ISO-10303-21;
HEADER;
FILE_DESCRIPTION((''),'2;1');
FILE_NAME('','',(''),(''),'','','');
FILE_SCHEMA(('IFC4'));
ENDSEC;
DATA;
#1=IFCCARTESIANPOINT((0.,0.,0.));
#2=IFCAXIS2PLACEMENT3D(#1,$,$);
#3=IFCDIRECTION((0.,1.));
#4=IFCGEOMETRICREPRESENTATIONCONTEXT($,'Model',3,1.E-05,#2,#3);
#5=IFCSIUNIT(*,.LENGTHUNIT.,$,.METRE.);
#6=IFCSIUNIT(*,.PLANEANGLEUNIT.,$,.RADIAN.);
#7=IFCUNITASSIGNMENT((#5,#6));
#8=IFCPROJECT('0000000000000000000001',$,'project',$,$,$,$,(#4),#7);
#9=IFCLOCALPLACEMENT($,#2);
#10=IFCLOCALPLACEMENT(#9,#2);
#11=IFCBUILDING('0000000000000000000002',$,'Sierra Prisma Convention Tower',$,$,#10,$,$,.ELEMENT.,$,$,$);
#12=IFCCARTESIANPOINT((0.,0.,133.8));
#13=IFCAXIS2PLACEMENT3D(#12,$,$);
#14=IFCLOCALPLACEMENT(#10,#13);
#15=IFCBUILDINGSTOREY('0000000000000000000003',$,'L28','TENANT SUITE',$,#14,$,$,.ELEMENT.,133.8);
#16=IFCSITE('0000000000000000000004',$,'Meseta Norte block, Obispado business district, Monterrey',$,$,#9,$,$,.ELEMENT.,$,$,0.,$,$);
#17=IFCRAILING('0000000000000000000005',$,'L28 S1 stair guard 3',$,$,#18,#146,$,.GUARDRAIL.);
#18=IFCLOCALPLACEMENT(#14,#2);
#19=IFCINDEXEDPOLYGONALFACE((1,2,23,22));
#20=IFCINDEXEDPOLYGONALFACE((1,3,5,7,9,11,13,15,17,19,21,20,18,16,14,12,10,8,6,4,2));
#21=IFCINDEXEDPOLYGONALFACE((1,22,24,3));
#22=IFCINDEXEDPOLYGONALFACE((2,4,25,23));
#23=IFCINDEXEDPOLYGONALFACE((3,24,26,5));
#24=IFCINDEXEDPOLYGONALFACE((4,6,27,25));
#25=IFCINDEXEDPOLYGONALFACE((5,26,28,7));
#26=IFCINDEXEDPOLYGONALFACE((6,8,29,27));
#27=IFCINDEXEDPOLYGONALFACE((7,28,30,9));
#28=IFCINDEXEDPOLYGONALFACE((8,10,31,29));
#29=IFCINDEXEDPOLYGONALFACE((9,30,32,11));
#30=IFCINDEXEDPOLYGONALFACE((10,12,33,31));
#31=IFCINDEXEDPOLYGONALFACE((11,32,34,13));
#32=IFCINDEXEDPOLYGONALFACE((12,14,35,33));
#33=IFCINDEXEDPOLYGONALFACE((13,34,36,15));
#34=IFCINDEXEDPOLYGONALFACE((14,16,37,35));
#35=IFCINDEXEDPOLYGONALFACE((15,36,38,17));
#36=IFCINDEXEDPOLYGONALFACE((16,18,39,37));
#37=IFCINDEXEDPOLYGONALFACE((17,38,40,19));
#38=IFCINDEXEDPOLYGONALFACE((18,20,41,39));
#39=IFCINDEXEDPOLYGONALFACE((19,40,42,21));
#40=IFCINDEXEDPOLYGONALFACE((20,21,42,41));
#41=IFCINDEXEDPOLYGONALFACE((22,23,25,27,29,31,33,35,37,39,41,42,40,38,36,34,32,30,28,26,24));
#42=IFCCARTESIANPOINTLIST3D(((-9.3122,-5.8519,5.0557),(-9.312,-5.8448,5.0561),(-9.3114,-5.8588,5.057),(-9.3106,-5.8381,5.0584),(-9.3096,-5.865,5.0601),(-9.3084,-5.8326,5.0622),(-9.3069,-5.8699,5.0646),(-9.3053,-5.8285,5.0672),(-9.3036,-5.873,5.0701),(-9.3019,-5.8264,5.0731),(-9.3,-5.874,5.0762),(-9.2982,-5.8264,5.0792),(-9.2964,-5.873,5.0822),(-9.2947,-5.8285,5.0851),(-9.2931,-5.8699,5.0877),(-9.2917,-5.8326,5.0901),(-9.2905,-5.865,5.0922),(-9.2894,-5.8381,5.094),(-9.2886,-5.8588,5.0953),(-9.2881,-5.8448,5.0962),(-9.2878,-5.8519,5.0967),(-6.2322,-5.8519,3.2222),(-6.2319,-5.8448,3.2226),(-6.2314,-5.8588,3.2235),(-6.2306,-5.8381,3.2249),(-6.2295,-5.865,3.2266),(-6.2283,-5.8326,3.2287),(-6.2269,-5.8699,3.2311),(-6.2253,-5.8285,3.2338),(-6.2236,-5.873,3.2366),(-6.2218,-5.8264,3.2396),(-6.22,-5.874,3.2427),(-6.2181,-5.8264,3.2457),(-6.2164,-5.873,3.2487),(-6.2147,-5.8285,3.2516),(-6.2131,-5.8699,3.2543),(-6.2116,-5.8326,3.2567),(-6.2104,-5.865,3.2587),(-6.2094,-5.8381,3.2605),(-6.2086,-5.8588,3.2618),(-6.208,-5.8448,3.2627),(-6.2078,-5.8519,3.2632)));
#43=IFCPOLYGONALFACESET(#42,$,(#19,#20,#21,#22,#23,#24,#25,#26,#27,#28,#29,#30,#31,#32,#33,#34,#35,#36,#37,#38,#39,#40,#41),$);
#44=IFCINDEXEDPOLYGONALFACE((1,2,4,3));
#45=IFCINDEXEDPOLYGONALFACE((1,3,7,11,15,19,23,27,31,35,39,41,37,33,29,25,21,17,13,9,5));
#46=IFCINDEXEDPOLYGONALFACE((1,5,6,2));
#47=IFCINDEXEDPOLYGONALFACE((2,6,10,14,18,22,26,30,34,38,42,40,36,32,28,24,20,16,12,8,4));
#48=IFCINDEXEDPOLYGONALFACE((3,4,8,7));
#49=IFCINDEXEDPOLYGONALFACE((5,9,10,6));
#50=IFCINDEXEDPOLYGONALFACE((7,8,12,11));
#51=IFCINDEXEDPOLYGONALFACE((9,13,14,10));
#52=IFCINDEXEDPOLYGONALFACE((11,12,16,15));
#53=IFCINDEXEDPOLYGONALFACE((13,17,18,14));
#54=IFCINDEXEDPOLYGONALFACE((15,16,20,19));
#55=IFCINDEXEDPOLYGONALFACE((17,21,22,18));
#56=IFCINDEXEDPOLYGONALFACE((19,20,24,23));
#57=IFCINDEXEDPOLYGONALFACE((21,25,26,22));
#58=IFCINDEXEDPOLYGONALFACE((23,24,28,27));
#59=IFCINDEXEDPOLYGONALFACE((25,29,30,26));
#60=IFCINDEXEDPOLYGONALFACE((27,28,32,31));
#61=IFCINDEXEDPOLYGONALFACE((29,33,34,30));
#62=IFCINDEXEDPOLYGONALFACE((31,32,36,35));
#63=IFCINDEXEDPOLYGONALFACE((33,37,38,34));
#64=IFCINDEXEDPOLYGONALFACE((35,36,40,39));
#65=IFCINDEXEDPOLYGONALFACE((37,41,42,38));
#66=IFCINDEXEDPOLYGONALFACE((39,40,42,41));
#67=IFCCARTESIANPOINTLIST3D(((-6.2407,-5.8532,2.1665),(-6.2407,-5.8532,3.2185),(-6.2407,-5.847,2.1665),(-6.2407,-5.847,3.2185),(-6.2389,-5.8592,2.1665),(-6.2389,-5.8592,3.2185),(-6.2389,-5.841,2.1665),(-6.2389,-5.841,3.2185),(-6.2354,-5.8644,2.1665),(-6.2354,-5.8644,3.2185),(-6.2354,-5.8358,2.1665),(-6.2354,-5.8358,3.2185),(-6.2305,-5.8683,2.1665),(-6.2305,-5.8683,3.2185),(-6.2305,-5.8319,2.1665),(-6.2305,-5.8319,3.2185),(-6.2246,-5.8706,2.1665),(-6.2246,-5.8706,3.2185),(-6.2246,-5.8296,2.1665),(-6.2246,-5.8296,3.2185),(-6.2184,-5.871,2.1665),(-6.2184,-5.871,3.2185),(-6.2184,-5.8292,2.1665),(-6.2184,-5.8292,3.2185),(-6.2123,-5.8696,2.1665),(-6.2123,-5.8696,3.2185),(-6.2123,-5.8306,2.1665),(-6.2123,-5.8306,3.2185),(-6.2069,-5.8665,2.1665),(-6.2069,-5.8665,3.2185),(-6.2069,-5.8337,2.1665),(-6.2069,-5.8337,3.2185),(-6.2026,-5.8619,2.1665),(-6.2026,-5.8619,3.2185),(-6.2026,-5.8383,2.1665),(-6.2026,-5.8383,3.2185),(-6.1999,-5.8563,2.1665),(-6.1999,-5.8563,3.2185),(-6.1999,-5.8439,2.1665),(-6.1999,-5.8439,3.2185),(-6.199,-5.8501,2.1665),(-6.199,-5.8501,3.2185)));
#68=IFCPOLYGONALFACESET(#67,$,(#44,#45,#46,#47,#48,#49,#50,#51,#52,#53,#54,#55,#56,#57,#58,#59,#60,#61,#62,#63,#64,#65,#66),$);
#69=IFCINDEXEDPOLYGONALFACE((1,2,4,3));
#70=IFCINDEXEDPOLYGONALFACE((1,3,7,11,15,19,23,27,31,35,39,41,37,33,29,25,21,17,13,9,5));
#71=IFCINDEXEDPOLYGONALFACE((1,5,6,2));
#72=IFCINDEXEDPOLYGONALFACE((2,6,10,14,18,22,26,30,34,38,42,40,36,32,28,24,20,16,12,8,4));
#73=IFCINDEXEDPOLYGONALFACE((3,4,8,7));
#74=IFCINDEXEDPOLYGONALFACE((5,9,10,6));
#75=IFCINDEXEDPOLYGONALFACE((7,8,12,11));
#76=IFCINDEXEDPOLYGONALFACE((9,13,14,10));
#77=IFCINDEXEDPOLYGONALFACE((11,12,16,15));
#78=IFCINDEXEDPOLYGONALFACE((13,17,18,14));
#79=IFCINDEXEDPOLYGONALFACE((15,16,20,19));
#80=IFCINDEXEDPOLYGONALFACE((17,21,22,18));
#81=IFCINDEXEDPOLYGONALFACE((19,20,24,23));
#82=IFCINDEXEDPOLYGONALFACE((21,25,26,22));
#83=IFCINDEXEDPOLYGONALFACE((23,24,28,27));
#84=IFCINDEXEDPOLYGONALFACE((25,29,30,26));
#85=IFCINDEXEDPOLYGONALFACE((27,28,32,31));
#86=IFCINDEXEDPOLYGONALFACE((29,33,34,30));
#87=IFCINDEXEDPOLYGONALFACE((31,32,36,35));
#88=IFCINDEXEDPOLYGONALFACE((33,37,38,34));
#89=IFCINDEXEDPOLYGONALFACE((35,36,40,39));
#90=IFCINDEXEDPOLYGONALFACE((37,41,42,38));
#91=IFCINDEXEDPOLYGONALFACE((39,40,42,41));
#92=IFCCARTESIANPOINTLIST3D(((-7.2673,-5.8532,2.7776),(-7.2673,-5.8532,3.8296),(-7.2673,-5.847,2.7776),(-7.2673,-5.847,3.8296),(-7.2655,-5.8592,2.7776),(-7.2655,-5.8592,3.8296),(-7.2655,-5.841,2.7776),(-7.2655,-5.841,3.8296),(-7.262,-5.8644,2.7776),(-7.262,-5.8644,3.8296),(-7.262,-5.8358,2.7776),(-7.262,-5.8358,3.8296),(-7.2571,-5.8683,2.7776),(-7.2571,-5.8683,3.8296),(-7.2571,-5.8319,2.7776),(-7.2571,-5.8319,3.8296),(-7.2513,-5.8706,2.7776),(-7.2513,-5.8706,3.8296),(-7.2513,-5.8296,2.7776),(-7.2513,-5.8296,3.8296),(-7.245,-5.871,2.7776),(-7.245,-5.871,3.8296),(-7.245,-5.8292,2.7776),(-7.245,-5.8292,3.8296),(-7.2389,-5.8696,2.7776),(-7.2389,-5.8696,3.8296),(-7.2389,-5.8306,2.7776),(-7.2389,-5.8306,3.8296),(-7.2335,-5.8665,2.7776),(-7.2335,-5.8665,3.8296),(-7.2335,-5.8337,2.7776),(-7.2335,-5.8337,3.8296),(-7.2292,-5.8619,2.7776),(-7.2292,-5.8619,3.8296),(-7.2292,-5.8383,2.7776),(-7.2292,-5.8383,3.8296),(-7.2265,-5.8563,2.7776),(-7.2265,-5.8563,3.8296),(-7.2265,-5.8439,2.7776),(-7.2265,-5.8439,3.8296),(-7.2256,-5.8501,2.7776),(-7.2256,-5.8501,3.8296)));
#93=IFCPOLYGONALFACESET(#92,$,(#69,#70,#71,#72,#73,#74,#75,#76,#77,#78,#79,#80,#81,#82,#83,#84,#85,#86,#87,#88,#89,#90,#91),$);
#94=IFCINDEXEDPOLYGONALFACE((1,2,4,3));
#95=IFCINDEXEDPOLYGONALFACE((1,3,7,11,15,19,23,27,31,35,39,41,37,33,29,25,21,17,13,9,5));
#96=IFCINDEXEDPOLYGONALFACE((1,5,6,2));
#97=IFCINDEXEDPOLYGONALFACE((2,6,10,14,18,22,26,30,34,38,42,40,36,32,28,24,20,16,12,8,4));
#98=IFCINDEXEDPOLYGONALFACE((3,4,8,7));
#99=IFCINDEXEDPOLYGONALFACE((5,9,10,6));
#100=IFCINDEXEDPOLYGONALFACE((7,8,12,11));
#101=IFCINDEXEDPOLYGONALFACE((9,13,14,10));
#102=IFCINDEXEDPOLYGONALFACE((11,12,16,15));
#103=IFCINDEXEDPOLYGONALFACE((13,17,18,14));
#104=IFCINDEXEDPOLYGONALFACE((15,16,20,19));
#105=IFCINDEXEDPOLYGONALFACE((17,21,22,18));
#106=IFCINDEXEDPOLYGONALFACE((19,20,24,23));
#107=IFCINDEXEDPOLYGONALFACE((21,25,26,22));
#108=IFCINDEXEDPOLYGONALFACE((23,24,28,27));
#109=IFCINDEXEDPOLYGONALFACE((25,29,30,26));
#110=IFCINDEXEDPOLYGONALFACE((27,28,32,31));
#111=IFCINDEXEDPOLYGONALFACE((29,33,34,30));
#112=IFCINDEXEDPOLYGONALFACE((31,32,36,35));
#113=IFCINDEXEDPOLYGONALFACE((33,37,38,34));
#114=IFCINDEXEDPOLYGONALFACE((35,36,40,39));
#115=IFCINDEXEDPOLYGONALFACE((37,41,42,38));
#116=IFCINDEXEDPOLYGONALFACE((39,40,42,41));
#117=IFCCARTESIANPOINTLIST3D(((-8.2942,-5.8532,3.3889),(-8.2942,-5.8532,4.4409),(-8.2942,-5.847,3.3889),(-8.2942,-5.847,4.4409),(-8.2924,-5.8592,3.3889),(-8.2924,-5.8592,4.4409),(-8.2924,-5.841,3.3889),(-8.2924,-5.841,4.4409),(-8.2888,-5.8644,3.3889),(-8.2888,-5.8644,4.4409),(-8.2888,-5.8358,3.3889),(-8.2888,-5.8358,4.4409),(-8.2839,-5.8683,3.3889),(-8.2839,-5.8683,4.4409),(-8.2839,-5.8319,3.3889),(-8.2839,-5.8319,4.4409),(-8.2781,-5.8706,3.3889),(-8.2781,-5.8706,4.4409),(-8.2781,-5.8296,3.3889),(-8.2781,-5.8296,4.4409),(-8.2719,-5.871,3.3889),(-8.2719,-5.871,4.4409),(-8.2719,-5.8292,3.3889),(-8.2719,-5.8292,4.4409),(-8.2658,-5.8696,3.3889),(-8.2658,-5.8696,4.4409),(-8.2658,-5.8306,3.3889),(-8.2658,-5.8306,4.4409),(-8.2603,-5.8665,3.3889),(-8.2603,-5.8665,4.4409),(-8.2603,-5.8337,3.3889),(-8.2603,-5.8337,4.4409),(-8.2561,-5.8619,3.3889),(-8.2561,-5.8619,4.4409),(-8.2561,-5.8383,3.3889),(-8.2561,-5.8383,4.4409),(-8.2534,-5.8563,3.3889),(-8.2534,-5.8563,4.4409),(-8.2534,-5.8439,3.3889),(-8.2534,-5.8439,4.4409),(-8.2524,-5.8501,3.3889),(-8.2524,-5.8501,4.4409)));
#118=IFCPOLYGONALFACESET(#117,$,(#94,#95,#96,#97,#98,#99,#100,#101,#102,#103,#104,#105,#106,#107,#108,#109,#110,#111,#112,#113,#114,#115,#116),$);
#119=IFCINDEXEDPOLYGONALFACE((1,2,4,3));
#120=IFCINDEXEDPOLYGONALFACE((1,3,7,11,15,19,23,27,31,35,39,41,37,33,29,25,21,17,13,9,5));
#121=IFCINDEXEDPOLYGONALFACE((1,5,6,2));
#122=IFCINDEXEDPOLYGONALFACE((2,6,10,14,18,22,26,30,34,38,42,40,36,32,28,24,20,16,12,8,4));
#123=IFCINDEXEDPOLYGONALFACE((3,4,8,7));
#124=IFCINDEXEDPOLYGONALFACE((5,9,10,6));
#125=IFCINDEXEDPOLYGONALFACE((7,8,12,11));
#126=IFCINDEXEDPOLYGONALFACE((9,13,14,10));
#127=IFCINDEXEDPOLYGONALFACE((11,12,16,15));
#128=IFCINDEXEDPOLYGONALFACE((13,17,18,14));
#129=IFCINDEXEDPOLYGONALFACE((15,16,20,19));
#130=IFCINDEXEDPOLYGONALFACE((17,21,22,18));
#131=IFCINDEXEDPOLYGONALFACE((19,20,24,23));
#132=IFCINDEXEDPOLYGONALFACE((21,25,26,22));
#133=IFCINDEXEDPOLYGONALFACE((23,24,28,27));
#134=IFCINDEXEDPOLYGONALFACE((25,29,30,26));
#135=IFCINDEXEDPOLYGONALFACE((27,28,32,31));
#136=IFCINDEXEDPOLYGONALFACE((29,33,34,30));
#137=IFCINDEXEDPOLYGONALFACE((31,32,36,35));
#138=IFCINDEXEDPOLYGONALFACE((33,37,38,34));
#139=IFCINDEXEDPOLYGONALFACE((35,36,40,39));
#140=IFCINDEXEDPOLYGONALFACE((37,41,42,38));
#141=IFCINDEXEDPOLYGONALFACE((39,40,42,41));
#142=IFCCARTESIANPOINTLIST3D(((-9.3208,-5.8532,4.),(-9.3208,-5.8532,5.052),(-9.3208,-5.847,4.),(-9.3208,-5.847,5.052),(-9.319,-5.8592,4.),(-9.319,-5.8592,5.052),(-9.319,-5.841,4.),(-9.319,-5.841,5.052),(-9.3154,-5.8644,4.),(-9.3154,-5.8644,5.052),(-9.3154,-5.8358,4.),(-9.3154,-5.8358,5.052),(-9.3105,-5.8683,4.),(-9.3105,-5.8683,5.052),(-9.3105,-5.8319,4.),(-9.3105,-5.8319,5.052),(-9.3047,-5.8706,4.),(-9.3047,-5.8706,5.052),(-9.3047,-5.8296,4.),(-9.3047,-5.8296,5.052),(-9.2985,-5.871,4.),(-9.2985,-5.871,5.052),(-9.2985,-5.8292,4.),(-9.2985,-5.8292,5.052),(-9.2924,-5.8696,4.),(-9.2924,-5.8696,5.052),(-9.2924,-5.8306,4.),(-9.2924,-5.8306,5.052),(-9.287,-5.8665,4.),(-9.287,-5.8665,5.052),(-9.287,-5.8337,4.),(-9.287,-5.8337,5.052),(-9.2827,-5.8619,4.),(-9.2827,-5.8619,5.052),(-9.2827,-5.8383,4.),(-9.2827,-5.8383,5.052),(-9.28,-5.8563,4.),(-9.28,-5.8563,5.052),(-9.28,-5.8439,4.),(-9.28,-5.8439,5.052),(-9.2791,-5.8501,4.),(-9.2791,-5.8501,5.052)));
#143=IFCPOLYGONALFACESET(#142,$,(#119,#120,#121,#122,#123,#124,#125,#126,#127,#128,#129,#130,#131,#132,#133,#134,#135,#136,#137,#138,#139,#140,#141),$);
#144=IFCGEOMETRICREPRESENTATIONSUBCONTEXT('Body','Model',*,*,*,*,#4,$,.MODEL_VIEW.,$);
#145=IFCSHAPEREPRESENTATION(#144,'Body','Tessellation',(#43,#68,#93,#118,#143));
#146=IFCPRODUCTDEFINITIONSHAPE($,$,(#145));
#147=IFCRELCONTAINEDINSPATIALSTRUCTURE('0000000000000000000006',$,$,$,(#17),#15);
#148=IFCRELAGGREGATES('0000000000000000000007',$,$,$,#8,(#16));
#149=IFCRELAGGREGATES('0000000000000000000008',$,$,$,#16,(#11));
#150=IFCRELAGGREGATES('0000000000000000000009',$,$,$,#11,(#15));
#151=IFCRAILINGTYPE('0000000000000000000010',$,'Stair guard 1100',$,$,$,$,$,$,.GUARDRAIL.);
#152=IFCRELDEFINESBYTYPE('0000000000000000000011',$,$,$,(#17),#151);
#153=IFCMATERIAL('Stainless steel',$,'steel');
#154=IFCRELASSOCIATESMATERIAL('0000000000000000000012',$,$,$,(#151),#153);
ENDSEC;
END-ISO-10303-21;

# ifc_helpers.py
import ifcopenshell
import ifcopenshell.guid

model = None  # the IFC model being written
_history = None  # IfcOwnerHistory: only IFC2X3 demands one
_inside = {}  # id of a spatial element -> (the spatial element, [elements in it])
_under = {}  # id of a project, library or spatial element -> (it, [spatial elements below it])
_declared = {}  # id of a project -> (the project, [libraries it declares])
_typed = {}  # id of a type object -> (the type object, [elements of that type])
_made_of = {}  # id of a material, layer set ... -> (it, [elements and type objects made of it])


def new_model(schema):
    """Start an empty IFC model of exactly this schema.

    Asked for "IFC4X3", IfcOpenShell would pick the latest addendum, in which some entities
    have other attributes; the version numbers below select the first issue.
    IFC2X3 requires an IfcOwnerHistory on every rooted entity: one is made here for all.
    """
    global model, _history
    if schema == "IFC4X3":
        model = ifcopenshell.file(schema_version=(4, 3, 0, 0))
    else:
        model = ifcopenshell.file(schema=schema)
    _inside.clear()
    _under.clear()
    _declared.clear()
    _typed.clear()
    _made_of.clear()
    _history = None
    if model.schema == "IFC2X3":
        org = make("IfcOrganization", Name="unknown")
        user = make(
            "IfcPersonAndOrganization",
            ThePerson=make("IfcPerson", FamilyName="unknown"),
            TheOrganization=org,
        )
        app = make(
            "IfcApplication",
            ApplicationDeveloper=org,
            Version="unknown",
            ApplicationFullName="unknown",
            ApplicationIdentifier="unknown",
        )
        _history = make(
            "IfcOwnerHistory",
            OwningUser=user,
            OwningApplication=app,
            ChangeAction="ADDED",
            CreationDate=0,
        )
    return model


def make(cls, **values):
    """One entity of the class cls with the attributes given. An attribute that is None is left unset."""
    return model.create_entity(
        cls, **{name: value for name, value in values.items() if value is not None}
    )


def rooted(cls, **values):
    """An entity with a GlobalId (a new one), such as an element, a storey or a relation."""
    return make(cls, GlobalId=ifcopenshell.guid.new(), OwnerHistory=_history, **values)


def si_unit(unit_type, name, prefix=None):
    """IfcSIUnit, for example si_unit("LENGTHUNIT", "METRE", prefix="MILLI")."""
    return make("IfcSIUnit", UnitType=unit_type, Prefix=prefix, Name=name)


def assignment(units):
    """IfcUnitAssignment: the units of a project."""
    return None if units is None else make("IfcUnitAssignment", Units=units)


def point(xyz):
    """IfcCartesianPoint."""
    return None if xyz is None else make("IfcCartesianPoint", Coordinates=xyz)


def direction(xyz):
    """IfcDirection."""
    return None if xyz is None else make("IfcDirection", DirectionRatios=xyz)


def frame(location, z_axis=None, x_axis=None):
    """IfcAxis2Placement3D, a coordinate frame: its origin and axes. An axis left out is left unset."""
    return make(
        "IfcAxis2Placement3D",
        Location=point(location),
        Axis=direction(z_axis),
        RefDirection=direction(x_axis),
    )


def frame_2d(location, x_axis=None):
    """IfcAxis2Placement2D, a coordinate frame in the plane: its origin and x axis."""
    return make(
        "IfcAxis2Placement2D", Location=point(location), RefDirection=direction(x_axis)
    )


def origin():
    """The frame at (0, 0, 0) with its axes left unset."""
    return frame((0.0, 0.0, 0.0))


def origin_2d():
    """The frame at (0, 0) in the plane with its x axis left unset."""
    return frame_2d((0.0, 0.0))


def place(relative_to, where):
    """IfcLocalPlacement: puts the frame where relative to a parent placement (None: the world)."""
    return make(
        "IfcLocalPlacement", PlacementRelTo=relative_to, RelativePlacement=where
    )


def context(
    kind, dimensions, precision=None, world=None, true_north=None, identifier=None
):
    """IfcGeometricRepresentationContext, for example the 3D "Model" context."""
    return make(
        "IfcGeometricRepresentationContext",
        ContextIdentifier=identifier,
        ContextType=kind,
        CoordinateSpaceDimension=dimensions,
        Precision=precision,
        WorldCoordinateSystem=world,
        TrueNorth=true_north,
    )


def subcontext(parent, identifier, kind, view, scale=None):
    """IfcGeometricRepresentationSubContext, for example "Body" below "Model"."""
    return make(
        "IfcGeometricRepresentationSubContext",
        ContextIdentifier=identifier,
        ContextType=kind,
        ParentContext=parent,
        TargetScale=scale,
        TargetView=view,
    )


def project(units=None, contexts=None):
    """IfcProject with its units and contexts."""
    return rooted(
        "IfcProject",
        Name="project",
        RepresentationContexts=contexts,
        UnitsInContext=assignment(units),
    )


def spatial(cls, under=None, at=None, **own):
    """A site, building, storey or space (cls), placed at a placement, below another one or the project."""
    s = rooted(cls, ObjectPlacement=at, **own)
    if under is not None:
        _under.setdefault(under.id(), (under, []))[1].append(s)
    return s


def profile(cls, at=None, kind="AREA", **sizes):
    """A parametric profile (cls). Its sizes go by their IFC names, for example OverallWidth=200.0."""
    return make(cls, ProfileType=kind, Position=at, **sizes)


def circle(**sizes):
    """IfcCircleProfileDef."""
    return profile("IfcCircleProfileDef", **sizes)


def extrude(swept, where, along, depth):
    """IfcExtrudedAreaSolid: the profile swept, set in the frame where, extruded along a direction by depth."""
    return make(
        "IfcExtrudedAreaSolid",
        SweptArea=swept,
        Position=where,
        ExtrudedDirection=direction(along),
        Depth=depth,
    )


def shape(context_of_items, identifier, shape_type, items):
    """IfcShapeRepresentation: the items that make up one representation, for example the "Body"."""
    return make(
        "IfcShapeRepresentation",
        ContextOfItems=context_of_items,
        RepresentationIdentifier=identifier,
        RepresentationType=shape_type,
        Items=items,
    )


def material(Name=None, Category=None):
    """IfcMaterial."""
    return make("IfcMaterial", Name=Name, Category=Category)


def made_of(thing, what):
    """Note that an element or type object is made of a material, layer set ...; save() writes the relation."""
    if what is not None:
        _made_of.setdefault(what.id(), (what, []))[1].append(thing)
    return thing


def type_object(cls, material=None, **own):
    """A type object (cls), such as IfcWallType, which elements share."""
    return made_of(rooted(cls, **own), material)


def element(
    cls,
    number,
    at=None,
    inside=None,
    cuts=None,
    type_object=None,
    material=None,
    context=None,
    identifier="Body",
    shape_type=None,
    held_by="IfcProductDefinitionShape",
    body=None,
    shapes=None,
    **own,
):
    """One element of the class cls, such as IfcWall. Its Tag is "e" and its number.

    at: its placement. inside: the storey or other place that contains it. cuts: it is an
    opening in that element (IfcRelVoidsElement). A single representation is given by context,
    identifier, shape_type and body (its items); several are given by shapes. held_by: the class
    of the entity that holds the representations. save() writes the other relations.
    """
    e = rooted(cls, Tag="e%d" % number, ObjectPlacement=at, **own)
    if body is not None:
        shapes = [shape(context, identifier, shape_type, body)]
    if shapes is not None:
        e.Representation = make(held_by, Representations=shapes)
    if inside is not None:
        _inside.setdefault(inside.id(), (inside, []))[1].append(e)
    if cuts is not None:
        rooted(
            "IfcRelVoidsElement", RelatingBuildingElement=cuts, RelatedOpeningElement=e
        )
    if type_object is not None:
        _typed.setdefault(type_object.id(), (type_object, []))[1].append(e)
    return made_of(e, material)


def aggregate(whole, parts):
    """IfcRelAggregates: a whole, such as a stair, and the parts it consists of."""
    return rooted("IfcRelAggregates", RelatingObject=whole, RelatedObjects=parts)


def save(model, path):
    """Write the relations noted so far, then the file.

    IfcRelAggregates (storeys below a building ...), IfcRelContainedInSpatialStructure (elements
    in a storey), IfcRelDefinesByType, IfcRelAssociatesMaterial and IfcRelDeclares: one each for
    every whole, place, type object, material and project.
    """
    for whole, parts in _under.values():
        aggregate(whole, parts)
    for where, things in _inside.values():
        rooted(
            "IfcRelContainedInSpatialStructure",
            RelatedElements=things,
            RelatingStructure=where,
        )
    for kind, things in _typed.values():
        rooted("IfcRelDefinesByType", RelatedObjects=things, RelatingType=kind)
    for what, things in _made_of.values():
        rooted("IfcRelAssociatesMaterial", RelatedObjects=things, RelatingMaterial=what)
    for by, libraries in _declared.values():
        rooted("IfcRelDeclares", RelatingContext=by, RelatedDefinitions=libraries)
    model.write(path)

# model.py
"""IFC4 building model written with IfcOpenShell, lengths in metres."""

from ifc_helpers import new_model, si_unit, direction, frame, origin, origin_2d, place, context, subcontext, project, spatial, circle, extrude, material, type_object, element, save


model = new_model("IFC4")

# Units and contexts
model_context = context("Model", 3, precision=1e-05, world=origin(), true_north=direction((0.0, 1.0)))
body_context = subcontext(model_context, "Body", "Model", "MODEL_VIEW")
ifc_project = project(units=[si_unit("LENGTHUNIT", "METRE"), si_unit("PLANEANGLEUNIT", "RADIAN")], contexts=[model_context])

# Site, building, storey
site_placement = place(None, origin())
site = spatial("IfcSite", under=ifc_project, at=site_placement, Name="Meseta Norte block, Obispado business district, Monterrey", CompositionType="ELEMENT", RefElevation=0.0)
building_placement = place(site_placement, origin())
building = spatial("IfcBuilding", under=site, at=building_placement, Name="Sierra Prisma Convention Tower", CompositionType="ELEMENT")
storey_placement = place(building_placement, frame((0.0, 0.0, 133.8)))
storey = spatial("IfcBuildingStorey", under=building, at=storey_placement, Name="L28", Description="TENANT SUITE", CompositionType="ELEMENT", Elevation=133.8)

# Railing
ifc_material_1 = material(Name="Stainless steel", Category="steel")
railing_type_1 = type_object("IfcRailingType", Name="Stair guard 1100", PredefinedType="GUARDRAIL", material=ifc_material_1)
railing_1_placement = place(storey_placement, frame((-6.22, -5.8501, 2.1665)))
element("IfcRailing", 1, at=railing_1_placement, inside=storey, type_object=railing_type_1, Name="L28 S1 stair guard 3", PredefinedType="GUARDRAIL", context=body_context, shape_type="SweptSolid", body=[
    extrude(circle(Radius=0.0239, at=origin_2d()), frame((0.0, 0.0, 1.0762), z_axis=(-0.859279, 0.0, 0.511508), x_axis=(0.0, -1.0, 0.0)), (0.0, 0.0, 1.0), 3.5845),
    extrude(circle(Radius=0.021, at=origin_2d()), origin(), (0.0, 0.0, 1.0), 1.052),
    extrude(circle(Radius=0.021, at=origin_2d()), frame((-1.0266, 0.0, 0.6111)), (0.0, 0.0, 1.0), 1.052),
    extrude(circle(Radius=0.021, at=origin_2d()), frame((-2.0535, 0.0, 1.2224)), (0.0, 0.0, 1.0), 1.052),
    extrude(circle(Radius=0.021, at=origin_2d()), frame((-3.0801, 0.0, 1.8335)), (0.0, 0.0, 1.0), 1.052),
])

save(model, "model.ifc")
